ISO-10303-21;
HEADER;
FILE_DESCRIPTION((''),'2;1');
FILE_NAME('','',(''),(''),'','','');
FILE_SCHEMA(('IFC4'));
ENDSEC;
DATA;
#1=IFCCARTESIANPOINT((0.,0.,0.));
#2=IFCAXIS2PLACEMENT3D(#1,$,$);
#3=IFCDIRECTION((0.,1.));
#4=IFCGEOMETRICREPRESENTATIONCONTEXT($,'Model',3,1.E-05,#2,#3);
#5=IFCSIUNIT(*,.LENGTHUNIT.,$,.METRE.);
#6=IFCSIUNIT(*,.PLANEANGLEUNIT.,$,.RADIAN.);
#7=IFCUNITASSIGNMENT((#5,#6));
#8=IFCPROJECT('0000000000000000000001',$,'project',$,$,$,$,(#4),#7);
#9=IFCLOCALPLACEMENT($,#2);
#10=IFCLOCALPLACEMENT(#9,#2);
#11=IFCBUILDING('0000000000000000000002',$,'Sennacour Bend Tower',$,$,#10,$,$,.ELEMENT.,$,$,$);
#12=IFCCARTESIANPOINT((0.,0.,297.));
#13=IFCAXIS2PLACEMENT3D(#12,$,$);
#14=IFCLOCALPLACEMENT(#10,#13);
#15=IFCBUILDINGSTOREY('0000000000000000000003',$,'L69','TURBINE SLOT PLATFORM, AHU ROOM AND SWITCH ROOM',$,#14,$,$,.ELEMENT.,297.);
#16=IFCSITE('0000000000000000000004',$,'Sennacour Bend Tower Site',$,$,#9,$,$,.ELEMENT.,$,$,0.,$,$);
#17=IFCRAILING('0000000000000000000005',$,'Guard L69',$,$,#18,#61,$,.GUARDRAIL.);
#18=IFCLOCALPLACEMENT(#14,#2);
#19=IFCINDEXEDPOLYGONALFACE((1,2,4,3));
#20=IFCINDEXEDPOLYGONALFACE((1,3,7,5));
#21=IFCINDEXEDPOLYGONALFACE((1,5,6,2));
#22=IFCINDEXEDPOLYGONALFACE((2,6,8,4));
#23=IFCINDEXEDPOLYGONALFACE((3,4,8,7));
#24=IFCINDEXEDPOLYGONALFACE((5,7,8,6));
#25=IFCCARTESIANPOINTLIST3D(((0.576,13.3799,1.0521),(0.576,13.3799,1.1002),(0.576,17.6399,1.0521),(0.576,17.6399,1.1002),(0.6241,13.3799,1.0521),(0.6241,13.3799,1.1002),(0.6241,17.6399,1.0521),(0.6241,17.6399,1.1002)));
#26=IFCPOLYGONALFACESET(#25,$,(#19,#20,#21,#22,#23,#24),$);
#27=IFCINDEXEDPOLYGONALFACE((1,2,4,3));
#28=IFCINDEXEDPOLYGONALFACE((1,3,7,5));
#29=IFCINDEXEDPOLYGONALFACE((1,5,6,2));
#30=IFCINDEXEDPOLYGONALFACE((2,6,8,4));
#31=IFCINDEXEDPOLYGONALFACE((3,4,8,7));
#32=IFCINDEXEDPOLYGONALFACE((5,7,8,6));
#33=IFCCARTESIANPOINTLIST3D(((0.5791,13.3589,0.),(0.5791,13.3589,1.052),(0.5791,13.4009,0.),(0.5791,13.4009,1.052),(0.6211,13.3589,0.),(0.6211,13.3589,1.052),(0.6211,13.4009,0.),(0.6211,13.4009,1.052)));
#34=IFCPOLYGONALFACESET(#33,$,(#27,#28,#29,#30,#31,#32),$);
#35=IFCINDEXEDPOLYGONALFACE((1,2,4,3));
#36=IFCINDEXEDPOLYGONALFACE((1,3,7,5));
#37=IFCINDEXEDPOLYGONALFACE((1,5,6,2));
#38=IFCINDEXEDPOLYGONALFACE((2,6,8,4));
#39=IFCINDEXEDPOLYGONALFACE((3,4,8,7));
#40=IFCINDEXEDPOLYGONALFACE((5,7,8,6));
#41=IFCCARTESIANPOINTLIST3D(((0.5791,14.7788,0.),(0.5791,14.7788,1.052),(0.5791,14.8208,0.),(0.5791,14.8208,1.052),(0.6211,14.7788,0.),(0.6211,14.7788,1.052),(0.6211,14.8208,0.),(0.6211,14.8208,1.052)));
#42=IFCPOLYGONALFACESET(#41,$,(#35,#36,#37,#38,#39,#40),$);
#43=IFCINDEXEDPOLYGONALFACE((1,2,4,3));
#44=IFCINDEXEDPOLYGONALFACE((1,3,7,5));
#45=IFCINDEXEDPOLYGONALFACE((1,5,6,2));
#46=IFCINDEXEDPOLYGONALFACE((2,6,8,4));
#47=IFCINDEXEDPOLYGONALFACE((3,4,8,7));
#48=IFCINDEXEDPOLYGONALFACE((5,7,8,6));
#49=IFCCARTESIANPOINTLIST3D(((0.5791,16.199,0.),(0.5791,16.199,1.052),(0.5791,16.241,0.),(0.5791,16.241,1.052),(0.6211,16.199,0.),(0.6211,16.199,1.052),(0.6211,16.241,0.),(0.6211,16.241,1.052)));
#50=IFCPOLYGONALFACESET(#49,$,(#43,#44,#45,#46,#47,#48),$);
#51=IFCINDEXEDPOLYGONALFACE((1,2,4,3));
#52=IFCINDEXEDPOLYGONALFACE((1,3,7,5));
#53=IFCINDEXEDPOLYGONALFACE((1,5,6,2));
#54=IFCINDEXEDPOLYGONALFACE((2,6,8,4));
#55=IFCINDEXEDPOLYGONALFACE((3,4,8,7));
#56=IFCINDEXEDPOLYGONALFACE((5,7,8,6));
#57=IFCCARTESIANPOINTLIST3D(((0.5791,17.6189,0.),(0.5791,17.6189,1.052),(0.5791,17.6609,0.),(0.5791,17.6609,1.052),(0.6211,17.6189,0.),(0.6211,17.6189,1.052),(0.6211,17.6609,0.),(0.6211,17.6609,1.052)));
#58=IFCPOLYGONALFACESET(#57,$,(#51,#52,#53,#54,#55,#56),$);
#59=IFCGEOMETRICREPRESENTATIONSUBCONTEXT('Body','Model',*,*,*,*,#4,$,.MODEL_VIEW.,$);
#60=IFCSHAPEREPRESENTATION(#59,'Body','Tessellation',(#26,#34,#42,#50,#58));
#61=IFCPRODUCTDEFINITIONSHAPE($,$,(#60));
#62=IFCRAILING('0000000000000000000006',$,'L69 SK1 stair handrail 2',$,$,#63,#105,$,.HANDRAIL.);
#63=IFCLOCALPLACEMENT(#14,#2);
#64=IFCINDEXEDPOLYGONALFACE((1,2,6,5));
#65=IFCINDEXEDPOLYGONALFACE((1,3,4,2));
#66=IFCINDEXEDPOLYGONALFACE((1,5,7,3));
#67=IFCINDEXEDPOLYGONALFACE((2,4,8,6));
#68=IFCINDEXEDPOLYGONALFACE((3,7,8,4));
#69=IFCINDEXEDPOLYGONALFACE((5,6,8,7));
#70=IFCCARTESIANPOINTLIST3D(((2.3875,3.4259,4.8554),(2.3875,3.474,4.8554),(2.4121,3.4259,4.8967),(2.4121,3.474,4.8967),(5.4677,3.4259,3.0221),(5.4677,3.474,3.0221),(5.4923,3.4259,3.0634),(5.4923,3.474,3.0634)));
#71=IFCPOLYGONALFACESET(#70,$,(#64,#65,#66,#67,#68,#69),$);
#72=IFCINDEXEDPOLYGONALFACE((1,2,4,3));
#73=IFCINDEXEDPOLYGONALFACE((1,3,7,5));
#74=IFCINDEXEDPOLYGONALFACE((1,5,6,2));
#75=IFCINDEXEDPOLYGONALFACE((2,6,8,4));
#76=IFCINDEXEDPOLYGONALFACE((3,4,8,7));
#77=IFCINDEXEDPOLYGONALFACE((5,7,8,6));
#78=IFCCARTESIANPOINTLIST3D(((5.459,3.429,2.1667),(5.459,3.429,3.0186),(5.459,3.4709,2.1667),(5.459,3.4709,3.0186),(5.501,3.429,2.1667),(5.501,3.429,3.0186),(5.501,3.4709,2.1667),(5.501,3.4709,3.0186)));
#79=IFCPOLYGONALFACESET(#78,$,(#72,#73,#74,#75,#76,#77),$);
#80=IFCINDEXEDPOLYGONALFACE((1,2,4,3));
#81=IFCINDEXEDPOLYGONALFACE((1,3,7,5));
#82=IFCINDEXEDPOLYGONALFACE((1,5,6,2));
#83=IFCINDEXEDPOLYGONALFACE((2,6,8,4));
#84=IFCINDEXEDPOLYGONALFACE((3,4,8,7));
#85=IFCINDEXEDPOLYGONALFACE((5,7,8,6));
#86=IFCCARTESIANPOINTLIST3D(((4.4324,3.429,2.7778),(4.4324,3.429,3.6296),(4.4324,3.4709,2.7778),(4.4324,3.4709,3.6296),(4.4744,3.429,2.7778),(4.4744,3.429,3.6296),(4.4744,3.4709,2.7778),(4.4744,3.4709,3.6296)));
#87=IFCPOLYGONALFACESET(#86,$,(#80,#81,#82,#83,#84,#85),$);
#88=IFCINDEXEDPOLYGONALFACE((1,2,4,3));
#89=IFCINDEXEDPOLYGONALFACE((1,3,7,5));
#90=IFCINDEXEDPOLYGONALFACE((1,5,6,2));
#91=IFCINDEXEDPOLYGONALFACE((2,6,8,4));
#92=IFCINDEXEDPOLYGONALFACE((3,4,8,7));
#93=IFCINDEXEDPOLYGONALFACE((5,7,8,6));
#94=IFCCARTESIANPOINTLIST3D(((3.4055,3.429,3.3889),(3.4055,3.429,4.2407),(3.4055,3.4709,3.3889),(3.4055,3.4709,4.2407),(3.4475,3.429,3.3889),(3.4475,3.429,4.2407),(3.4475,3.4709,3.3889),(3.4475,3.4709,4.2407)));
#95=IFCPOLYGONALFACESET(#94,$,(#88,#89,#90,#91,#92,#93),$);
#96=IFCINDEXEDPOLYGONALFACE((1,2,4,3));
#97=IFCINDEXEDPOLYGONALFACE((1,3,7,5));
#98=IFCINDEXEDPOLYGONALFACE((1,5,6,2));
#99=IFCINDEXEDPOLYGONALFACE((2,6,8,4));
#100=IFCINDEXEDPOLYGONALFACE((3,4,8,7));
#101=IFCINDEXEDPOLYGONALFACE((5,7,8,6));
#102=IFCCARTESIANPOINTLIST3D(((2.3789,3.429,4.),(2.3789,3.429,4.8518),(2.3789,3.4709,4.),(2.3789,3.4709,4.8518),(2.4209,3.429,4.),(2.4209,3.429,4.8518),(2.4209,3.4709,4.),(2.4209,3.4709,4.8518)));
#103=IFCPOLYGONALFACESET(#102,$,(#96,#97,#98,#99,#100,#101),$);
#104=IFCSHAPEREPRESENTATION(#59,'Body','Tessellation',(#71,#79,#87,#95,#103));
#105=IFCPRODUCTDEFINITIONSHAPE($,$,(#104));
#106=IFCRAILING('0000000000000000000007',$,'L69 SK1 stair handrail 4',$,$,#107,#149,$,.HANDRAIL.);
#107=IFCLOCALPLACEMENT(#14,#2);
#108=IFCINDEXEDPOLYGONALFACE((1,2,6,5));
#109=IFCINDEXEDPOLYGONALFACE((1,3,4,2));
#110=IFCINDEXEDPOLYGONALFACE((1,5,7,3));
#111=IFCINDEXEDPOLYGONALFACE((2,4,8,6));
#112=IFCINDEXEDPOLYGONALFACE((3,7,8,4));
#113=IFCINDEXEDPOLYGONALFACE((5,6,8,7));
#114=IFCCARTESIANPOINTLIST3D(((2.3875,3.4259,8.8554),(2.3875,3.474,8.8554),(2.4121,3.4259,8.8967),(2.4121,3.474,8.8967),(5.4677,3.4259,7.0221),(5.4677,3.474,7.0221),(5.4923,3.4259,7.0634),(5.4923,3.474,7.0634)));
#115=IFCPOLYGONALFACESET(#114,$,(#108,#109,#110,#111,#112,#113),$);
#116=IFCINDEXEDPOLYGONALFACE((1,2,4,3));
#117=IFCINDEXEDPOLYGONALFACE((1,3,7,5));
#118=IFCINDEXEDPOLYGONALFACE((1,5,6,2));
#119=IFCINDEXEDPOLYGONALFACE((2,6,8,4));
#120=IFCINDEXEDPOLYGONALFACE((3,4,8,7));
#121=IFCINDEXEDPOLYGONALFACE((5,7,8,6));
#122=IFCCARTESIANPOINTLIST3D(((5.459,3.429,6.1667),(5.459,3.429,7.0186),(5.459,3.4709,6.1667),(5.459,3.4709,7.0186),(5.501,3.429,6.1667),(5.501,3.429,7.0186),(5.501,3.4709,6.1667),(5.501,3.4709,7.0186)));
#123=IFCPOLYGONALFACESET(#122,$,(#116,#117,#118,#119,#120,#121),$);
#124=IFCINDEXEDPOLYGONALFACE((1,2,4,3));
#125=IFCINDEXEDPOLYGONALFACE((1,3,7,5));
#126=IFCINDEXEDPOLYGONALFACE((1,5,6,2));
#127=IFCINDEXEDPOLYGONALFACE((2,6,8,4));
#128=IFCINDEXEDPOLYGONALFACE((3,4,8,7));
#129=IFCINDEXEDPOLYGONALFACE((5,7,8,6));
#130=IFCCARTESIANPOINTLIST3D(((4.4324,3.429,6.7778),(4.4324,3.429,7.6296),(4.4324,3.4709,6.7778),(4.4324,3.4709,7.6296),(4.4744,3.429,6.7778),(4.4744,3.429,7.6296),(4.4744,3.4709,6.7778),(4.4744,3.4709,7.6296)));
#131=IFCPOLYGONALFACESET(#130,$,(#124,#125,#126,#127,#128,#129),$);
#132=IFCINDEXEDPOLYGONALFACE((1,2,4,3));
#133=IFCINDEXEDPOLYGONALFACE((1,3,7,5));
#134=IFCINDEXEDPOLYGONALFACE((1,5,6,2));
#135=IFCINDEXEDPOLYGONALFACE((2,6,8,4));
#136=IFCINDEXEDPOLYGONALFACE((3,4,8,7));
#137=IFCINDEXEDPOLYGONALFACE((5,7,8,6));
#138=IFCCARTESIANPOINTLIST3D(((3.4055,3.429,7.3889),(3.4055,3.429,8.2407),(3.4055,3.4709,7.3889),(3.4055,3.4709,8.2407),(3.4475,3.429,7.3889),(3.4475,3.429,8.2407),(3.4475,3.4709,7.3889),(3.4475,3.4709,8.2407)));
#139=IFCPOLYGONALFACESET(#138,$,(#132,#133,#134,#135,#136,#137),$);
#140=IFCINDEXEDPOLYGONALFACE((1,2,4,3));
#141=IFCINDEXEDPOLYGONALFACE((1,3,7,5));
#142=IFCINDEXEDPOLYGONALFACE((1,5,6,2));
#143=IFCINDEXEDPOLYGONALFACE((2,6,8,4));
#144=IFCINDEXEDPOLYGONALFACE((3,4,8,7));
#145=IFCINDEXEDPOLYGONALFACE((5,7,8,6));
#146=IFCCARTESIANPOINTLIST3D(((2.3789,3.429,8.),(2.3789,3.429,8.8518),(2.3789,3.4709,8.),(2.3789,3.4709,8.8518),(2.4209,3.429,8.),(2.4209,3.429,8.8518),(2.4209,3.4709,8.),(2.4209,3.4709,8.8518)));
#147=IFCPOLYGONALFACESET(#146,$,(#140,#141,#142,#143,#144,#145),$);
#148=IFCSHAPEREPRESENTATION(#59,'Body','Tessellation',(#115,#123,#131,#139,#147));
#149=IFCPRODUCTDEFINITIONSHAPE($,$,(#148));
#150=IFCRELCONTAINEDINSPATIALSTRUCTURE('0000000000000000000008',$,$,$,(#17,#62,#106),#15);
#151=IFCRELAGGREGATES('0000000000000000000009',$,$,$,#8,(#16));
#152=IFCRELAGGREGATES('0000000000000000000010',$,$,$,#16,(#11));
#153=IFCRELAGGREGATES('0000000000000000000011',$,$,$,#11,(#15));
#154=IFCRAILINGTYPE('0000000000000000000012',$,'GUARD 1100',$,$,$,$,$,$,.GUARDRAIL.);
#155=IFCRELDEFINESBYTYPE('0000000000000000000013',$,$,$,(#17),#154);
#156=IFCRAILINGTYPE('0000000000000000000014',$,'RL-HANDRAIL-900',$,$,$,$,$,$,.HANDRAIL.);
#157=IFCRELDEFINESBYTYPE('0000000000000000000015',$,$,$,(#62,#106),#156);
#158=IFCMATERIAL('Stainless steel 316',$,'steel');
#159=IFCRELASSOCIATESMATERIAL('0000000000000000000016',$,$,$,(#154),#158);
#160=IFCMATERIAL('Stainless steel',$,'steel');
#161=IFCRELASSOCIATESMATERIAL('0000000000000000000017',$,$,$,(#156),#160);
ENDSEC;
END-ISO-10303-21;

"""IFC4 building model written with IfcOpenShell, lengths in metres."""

from ifc_helpers import new_model, si_unit, direction, frame, origin, origin_2d, place, context, subcontext, project, spatial, rectangle, extrude, material, type_object, element, save


model = new_model("IFC4")

# Units and contexts
model_context = context("Model", 3, precision=1e-05, world=origin(), true_north=direction((0.0, 1.0)))
body_context = subcontext(model_context, "Body", "Model", "MODEL_VIEW")
ifc_project = project(units=[si_unit("LENGTHUNIT", "METRE"), si_unit("PLANEANGLEUNIT", "RADIAN")], contexts=[model_context])

# Site, building, storey
site_placement = place(None, origin())
site = spatial("IfcSite", under=ifc_project, at=site_placement, Name="Sennacour Bend Tower Site", CompositionType="ELEMENT", RefElevation=0.0)
building_placement = place(site_placement, origin())
building = spatial("IfcBuilding", under=site, at=building_placement, Name="Sennacour Bend Tower", CompositionType="ELEMENT")
storey_placement = place(building_placement, frame((0.0, 0.0, 297.0)))
storey = spatial("IfcBuildingStorey", under=building, at=storey_placement, Name="L69", Description="TURBINE SLOT PLATFORM, AHU ROOM AND SWITCH ROOM", CompositionType="ELEMENT", Elevation=297.0)

# Railings
ifc_material_1 = material(Name="Stainless steel 316", Category="steel")
railing_type_1 = type_object("IfcRailingType", Name="GUARD 1100", PredefinedType="GUARDRAIL", material=ifc_material_1)
railing_1_placement = place(storey_placement, frame((0.6001, 13.3799, 0.0)))
element("IfcRailing", 1, at=railing_1_placement, inside=storey, type_object=railing_type_1, Name="Guard L69", PredefinedType="GUARDRAIL", context=body_context, shape_type="SweptSolid", body=[
    extrude(rectangle(XDim=0.0481, YDim=0.0481, at=origin_2d()), frame((0.0, 0.0, 1.0762), z_axis=(0.0, 1.0, 0.0), x_axis=(-1.0, 0.0, 0.0)), (0.0, 0.0, 1.0), 4.26),
    extrude(rectangle(XDim=0.042, YDim=0.042, at=origin_2d()), origin(), (0.0, 0.0, 1.0), 1.052),
    extrude(rectangle(XDim=0.042, YDim=0.042, at=origin_2d()), frame((0.0, 1.4199, 0.0)), (0.0, 0.0, 1.0), 1.052),
    extrude(rectangle(XDim=0.042, YDim=0.042, at=origin_2d()), frame((0.0, 2.8401, 0.0)), (0.0, 0.0, 1.0), 1.052),
    extrude(rectangle(XDim=0.042, YDim=0.042, at=origin_2d()), frame((0.0, 4.26, 0.0)), (0.0, 0.0, 1.0), 1.052),
])
ifc_material_2 = material(Name="Stainless steel", Category="steel")
railing_type_2 = type_object("IfcRailingType", Name="RL-HANDRAIL-900", PredefinedType="HANDRAIL", material=ifc_material_2)
for number, where, name in (
    (2, (5.48, 3.45, 2.1667), "L69 SK1 stair handrail 2"),
    (3, (5.48, 3.45, 6.1667), "L69 SK1 stair handrail 4"),
):
    element("IfcRailing", number, at=place(storey_placement, frame(where)), inside=storey, type_object=railing_type_2, Name=name, PredefinedType="HANDRAIL", context=body_context, shape_type="SweptSolid", body=[
        extrude(rectangle(XDim=0.0481, YDim=0.0481, at=origin_2d()), frame((0.0, 0.0, 0.876), z_axis=(-0.859309, 0.0, 0.511458), x_axis=(0.0, -1.0, 0.0)), (0.0, 0.0, 1.0), 3.5845),
        extrude(rectangle(XDim=0.042, YDim=0.042, at=origin_2d()), origin(), (0.0, 0.0, 1.0), 0.8518),
        extrude(rectangle(XDim=0.042, YDim=0.042, at=origin_2d()), frame((-1.0266, 0.0, 0.6111)), (0.0, 0.0, 1.0), 0.8518),
        extrude(rectangle(XDim=0.042, YDim=0.042, at=origin_2d()), frame((-2.0535, 0.0, 1.2222)), (0.0, 0.0, 1.0), 0.8518),
        extrude(rectangle(XDim=0.042, YDim=0.042, at=origin_2d()), frame((-3.0801, 0.0, 1.8333)), (0.0, 0.0, 1.0), 0.8518),
    ])

save(model, "model.ifc")
